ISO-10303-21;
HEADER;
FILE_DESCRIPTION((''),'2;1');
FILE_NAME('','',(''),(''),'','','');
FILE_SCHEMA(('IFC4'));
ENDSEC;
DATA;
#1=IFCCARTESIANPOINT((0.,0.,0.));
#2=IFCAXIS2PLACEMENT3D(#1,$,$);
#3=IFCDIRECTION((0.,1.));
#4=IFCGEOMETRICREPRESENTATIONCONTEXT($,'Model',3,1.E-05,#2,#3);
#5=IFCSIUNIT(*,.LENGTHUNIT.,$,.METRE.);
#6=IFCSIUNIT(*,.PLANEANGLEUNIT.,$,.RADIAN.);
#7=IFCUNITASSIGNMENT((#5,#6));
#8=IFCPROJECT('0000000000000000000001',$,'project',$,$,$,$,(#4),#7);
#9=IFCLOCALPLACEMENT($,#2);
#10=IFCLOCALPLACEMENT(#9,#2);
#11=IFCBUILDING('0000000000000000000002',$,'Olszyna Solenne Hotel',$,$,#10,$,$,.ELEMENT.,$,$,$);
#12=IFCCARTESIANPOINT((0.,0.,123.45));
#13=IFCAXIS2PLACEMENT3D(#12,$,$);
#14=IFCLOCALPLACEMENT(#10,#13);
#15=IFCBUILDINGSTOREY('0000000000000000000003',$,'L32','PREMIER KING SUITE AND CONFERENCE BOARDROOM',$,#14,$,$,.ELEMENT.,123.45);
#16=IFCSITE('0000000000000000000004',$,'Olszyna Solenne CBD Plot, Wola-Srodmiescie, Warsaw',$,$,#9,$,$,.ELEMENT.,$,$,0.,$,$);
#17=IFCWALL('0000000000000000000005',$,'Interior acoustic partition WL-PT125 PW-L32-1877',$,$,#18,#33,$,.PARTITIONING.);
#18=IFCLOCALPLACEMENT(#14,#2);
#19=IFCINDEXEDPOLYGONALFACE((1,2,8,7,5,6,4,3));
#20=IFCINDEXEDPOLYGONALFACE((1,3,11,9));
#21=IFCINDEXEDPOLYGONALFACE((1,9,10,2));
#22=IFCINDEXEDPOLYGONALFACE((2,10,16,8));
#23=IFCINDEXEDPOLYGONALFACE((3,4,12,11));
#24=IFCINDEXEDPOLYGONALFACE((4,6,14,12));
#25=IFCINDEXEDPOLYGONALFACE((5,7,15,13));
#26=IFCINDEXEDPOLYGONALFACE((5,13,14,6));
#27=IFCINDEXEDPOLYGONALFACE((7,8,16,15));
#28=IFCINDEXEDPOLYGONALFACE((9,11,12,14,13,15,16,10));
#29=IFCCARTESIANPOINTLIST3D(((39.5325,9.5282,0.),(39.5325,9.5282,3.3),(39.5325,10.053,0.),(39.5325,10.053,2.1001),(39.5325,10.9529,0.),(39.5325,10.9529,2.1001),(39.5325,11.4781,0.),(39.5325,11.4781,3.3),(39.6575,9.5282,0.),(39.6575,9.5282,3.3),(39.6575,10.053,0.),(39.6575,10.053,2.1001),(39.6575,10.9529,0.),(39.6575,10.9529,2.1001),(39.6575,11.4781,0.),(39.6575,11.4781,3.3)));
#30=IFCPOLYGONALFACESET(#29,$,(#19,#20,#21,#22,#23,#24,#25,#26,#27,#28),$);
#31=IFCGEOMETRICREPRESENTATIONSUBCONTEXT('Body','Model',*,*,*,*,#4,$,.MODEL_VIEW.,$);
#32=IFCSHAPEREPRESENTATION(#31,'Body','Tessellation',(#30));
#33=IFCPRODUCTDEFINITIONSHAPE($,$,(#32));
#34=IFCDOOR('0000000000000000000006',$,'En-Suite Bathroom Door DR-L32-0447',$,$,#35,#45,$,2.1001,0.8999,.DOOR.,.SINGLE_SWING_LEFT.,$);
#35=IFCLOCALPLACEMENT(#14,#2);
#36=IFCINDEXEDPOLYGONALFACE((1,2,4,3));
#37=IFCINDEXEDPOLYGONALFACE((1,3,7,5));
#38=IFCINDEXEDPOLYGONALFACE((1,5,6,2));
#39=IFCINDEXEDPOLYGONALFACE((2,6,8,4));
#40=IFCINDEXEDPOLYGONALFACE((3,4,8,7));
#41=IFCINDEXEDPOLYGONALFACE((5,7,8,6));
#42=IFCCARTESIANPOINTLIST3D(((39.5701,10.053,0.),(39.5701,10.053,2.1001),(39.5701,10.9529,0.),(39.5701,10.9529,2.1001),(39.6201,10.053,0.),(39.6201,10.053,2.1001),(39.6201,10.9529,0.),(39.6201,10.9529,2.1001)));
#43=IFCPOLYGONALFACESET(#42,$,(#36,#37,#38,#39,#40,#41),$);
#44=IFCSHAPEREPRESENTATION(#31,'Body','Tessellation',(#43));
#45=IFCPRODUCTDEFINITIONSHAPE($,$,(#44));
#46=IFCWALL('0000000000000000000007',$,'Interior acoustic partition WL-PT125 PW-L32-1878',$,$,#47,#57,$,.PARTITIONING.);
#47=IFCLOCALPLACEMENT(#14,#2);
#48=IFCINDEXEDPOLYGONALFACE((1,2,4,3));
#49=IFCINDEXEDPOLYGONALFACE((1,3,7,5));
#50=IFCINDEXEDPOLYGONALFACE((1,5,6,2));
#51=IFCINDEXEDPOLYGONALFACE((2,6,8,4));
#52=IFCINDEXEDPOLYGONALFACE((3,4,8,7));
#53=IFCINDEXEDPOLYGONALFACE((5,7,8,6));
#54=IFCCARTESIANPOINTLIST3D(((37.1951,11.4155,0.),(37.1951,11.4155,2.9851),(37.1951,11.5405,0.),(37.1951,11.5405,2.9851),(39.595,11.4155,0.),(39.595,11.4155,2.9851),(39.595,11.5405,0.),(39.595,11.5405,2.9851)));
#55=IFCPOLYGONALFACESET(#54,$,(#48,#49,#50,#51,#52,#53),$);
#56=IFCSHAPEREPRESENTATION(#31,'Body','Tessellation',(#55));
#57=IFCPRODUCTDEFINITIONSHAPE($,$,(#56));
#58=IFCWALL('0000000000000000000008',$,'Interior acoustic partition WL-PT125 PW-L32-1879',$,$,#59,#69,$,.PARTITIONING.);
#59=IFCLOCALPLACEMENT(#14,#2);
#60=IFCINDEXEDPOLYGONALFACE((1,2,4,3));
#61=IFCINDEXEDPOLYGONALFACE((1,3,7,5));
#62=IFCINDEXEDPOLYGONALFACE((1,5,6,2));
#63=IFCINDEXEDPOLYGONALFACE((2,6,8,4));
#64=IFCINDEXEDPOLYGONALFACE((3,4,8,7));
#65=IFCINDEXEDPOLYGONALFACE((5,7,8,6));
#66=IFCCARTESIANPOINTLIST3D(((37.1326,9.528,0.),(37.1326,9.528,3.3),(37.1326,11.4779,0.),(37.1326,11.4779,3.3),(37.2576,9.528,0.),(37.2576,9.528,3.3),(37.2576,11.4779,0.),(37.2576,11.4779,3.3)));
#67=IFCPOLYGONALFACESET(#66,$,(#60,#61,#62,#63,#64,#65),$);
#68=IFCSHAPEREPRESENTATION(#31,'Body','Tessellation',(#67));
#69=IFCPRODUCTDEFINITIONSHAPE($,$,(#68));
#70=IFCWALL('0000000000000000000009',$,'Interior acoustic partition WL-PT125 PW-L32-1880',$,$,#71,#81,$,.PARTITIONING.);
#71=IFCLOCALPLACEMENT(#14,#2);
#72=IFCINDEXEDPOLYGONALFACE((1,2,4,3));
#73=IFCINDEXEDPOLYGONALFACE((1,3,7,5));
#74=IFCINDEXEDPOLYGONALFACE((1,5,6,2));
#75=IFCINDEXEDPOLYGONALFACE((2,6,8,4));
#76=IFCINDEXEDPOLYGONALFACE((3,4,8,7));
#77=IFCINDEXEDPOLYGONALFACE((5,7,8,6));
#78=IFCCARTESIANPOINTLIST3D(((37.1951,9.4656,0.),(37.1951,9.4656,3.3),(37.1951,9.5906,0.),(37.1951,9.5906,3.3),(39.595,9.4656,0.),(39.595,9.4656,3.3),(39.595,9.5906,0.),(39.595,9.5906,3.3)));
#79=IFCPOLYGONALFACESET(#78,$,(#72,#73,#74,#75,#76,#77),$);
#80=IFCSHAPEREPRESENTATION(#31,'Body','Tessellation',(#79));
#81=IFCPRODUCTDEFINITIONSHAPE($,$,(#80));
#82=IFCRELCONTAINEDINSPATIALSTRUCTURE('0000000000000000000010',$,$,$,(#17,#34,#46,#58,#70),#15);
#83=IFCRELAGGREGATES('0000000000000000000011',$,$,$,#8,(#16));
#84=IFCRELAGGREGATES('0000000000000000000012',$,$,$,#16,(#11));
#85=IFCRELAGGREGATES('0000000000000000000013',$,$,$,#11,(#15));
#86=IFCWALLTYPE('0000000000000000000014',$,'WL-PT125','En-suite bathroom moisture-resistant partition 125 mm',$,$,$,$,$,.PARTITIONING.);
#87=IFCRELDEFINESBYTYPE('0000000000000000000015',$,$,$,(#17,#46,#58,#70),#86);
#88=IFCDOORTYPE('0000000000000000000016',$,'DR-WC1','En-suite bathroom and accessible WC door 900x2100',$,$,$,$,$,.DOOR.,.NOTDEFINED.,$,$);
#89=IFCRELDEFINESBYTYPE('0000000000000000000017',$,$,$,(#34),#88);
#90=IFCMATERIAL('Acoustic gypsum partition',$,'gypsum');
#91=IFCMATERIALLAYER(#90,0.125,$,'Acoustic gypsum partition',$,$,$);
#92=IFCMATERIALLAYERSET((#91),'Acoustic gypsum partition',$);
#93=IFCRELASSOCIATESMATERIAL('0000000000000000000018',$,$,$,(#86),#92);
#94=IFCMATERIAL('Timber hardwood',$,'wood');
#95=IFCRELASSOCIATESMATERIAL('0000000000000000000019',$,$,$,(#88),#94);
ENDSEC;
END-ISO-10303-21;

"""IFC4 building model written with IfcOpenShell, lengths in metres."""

from ifc_helpers import new_model, si_unit, direction, frame, frame_2d, origin, place, context, subcontext, project, spatial, rectangle, extrude, source, transform, mapped, material, layer, layer_set, type_object, type_shapes, element, fill, save


model = new_model("IFC4")

# Units and contexts
model_context = context("Model", 3, precision=1e-05, world=origin(), true_north=direction((0.0, 1.0)))
body_context = subcontext(model_context, "Body", "Model", "MODEL_VIEW")
ifc_project = project(units=[si_unit("LENGTHUNIT", "METRE"), si_unit("PLANEANGLEUNIT", "RADIAN")], contexts=[model_context])

# Site, building, storey
site_placement = place(None, origin())
site = spatial("IfcSite", under=ifc_project, at=site_placement, Name="Olszyna Solenne CBD Plot, Wola-Srodmiescie, Warsaw", CompositionType="ELEMENT", RefElevation=0.0)
building_placement = place(site_placement, origin())
building = spatial("IfcBuilding", under=site, at=building_placement, Name="Olszyna Solenne Hotel", CompositionType="ELEMENT")
storey_placement = place(building_placement, frame((0.0, 0.0, 123.45)))
storey = spatial("IfcBuildingStorey", under=building, at=storey_placement, Name="L32", Description="PREMIER KING SUITE AND CONFERENCE BOARDROOM", CompositionType="ELEMENT", Elevation=123.45)

# Wall, opening, door
ifc_material_1 = material(Name="Acoustic gypsum partition", Category="gypsum")
ifc_layer_1 = layer(ifc_material_1, 0.125, Name="Acoustic gypsum partition")
ifc_layer_set_1 = layer_set([ifc_layer_1], Name="Acoustic gypsum partition")
wall_type_1 = type_object("IfcWallType", Name="WL-PT125", Description="En-suite bathroom moisture-resistant partition 125 mm", PredefinedType="PARTITIONING", material=ifc_layer_set_1)
wall_1_placement = place(storey_placement, frame((39.595, 9.5281, 0.0), z_axis=(0.0, 0.0, 1.0), x_axis=(0.0, 1.0, 0.0)))
wall_1 = element("IfcWall", 1, at=wall_1_placement, inside=storey, type_object=wall_type_1, Name="Interior acoustic partition WL-PT125 PW-L32-1877", PredefinedType="PARTITIONING", context=body_context, shape_type="SweptSolid", body=[
    extrude(rectangle(XDim=1.95, YDim=0.125, at=frame_2d((0.9751, 0.0))), origin(), (0.0, 0.0, 1.0), 3.3),
])
opening_placement = place(wall_1_placement, frame((0.5249, 0.0, 0.0)))
opening = element("IfcOpeningElement", 2, at=opening_placement, cuts=wall_1, PredefinedType="OPENING", context=body_context, shape_type="SweptSolid", body=[
    extrude(rectangle(XDim=0.8999, YDim=2.1001, at=frame_2d((0.45, 1.05))), frame((0.0, 0.0725, 0.0), z_axis=(0.0, -1.0, 0.0), x_axis=(1.0, 0.0, 0.0)), (0.0, 0.0, 1.0), 0.145),
])
ifc_material_2 = material(Name="Timber hardwood", Category="wood")
door_type = type_object("IfcDoorType", Name="DR-WC1", Description="En-suite bathroom and accessible WC door 900x2100", OperationType="NOTDEFINED", PredefinedType="DOOR", material=ifc_material_2)
shared_shape_1 = source(origin(), body_context, "Body", "SweptSolid", [
    extrude(rectangle(XDim=0.8999, YDim=2.1001, at=frame_2d((0.45, 1.05))), frame((0.0, 0.0249, 0.0), z_axis=(0.0, -1.0, 0.0), x_axis=(1.0, 0.0, 0.0)), (0.0, 0.0, 1.0), 0.05),
])
type_shapes(door_type, [shared_shape_1])
door_placement = place(opening_placement, origin())
door = element("IfcDoor", 3, at=door_placement, inside=storey, type_object=door_type, Name="En-Suite Bathroom Door DR-L32-0447", OperationType="SINGLE_SWING_LEFT", OverallHeight=2.1001, OverallWidth=0.8999, PredefinedType="DOOR", context=body_context, shape_type="MappedRepresentation", body=[
    mapped(shared_shape_1, transform((0.0, 0.0, 0.0), x_axis=(1.0, 0.0, 0.0), y_axis=(0.0, 1.0, 0.0), z_axis=(0.0, 0.0, 1.0), scale=1.0)),
])
fill(opening, door)

# Walls
wall_2_placement = place(storey_placement, frame((39.595, 11.478, 0.0), z_axis=(0.0, 0.0, 1.0), x_axis=(-1.0, 0.0, 0.0)))
element("IfcWall", 4, at=wall_2_placement, inside=storey, type_object=wall_type_1, Name="Interior acoustic partition WL-PT125 PW-L32-1878", PredefinedType="PARTITIONING", context=body_context, shape_type="SweptSolid", body=[
    extrude(rectangle(XDim=2.3999, YDim=0.125, at=frame_2d((1.2, 0.0))), origin(), (0.0, 0.0, 1.0), 2.9851),
])
wall_3_placement = place(storey_placement, frame((37.1951, 11.478, 0.0), z_axis=(0.0, 0.0, 1.0), x_axis=(0.0, -1.0, 0.0)))
element("IfcWall", 5, at=wall_3_placement, inside=storey, type_object=wall_type_1, Name="Interior acoustic partition WL-PT125 PW-L32-1879", PredefinedType="PARTITIONING", context=body_context, shape_type="SweptSolid", body=[
    extrude(rectangle(XDim=1.95, YDim=0.125, at=frame_2d((0.9751, 0.0))), origin(), (0.0, 0.0, 1.0), 3.3),
])
wall_4_placement = place(storey_placement, frame((37.1951, 9.5281, 0.0), z_axis=(0.0, 0.0, 1.0), x_axis=(1.0, 0.0, 0.0)))
element("IfcWall", 6, at=wall_4_placement, inside=storey, type_object=wall_type_1, Name="Interior acoustic partition WL-PT125 PW-L32-1880", PredefinedType="PARTITIONING", context=body_context, shape_type="SweptSolid", body=[
    extrude(rectangle(XDim=2.3999, YDim=0.125, at=frame_2d((1.2, 0.0))), origin(), (0.0, 0.0, 1.0), 3.3),
])

save(model, "model.ifc")
